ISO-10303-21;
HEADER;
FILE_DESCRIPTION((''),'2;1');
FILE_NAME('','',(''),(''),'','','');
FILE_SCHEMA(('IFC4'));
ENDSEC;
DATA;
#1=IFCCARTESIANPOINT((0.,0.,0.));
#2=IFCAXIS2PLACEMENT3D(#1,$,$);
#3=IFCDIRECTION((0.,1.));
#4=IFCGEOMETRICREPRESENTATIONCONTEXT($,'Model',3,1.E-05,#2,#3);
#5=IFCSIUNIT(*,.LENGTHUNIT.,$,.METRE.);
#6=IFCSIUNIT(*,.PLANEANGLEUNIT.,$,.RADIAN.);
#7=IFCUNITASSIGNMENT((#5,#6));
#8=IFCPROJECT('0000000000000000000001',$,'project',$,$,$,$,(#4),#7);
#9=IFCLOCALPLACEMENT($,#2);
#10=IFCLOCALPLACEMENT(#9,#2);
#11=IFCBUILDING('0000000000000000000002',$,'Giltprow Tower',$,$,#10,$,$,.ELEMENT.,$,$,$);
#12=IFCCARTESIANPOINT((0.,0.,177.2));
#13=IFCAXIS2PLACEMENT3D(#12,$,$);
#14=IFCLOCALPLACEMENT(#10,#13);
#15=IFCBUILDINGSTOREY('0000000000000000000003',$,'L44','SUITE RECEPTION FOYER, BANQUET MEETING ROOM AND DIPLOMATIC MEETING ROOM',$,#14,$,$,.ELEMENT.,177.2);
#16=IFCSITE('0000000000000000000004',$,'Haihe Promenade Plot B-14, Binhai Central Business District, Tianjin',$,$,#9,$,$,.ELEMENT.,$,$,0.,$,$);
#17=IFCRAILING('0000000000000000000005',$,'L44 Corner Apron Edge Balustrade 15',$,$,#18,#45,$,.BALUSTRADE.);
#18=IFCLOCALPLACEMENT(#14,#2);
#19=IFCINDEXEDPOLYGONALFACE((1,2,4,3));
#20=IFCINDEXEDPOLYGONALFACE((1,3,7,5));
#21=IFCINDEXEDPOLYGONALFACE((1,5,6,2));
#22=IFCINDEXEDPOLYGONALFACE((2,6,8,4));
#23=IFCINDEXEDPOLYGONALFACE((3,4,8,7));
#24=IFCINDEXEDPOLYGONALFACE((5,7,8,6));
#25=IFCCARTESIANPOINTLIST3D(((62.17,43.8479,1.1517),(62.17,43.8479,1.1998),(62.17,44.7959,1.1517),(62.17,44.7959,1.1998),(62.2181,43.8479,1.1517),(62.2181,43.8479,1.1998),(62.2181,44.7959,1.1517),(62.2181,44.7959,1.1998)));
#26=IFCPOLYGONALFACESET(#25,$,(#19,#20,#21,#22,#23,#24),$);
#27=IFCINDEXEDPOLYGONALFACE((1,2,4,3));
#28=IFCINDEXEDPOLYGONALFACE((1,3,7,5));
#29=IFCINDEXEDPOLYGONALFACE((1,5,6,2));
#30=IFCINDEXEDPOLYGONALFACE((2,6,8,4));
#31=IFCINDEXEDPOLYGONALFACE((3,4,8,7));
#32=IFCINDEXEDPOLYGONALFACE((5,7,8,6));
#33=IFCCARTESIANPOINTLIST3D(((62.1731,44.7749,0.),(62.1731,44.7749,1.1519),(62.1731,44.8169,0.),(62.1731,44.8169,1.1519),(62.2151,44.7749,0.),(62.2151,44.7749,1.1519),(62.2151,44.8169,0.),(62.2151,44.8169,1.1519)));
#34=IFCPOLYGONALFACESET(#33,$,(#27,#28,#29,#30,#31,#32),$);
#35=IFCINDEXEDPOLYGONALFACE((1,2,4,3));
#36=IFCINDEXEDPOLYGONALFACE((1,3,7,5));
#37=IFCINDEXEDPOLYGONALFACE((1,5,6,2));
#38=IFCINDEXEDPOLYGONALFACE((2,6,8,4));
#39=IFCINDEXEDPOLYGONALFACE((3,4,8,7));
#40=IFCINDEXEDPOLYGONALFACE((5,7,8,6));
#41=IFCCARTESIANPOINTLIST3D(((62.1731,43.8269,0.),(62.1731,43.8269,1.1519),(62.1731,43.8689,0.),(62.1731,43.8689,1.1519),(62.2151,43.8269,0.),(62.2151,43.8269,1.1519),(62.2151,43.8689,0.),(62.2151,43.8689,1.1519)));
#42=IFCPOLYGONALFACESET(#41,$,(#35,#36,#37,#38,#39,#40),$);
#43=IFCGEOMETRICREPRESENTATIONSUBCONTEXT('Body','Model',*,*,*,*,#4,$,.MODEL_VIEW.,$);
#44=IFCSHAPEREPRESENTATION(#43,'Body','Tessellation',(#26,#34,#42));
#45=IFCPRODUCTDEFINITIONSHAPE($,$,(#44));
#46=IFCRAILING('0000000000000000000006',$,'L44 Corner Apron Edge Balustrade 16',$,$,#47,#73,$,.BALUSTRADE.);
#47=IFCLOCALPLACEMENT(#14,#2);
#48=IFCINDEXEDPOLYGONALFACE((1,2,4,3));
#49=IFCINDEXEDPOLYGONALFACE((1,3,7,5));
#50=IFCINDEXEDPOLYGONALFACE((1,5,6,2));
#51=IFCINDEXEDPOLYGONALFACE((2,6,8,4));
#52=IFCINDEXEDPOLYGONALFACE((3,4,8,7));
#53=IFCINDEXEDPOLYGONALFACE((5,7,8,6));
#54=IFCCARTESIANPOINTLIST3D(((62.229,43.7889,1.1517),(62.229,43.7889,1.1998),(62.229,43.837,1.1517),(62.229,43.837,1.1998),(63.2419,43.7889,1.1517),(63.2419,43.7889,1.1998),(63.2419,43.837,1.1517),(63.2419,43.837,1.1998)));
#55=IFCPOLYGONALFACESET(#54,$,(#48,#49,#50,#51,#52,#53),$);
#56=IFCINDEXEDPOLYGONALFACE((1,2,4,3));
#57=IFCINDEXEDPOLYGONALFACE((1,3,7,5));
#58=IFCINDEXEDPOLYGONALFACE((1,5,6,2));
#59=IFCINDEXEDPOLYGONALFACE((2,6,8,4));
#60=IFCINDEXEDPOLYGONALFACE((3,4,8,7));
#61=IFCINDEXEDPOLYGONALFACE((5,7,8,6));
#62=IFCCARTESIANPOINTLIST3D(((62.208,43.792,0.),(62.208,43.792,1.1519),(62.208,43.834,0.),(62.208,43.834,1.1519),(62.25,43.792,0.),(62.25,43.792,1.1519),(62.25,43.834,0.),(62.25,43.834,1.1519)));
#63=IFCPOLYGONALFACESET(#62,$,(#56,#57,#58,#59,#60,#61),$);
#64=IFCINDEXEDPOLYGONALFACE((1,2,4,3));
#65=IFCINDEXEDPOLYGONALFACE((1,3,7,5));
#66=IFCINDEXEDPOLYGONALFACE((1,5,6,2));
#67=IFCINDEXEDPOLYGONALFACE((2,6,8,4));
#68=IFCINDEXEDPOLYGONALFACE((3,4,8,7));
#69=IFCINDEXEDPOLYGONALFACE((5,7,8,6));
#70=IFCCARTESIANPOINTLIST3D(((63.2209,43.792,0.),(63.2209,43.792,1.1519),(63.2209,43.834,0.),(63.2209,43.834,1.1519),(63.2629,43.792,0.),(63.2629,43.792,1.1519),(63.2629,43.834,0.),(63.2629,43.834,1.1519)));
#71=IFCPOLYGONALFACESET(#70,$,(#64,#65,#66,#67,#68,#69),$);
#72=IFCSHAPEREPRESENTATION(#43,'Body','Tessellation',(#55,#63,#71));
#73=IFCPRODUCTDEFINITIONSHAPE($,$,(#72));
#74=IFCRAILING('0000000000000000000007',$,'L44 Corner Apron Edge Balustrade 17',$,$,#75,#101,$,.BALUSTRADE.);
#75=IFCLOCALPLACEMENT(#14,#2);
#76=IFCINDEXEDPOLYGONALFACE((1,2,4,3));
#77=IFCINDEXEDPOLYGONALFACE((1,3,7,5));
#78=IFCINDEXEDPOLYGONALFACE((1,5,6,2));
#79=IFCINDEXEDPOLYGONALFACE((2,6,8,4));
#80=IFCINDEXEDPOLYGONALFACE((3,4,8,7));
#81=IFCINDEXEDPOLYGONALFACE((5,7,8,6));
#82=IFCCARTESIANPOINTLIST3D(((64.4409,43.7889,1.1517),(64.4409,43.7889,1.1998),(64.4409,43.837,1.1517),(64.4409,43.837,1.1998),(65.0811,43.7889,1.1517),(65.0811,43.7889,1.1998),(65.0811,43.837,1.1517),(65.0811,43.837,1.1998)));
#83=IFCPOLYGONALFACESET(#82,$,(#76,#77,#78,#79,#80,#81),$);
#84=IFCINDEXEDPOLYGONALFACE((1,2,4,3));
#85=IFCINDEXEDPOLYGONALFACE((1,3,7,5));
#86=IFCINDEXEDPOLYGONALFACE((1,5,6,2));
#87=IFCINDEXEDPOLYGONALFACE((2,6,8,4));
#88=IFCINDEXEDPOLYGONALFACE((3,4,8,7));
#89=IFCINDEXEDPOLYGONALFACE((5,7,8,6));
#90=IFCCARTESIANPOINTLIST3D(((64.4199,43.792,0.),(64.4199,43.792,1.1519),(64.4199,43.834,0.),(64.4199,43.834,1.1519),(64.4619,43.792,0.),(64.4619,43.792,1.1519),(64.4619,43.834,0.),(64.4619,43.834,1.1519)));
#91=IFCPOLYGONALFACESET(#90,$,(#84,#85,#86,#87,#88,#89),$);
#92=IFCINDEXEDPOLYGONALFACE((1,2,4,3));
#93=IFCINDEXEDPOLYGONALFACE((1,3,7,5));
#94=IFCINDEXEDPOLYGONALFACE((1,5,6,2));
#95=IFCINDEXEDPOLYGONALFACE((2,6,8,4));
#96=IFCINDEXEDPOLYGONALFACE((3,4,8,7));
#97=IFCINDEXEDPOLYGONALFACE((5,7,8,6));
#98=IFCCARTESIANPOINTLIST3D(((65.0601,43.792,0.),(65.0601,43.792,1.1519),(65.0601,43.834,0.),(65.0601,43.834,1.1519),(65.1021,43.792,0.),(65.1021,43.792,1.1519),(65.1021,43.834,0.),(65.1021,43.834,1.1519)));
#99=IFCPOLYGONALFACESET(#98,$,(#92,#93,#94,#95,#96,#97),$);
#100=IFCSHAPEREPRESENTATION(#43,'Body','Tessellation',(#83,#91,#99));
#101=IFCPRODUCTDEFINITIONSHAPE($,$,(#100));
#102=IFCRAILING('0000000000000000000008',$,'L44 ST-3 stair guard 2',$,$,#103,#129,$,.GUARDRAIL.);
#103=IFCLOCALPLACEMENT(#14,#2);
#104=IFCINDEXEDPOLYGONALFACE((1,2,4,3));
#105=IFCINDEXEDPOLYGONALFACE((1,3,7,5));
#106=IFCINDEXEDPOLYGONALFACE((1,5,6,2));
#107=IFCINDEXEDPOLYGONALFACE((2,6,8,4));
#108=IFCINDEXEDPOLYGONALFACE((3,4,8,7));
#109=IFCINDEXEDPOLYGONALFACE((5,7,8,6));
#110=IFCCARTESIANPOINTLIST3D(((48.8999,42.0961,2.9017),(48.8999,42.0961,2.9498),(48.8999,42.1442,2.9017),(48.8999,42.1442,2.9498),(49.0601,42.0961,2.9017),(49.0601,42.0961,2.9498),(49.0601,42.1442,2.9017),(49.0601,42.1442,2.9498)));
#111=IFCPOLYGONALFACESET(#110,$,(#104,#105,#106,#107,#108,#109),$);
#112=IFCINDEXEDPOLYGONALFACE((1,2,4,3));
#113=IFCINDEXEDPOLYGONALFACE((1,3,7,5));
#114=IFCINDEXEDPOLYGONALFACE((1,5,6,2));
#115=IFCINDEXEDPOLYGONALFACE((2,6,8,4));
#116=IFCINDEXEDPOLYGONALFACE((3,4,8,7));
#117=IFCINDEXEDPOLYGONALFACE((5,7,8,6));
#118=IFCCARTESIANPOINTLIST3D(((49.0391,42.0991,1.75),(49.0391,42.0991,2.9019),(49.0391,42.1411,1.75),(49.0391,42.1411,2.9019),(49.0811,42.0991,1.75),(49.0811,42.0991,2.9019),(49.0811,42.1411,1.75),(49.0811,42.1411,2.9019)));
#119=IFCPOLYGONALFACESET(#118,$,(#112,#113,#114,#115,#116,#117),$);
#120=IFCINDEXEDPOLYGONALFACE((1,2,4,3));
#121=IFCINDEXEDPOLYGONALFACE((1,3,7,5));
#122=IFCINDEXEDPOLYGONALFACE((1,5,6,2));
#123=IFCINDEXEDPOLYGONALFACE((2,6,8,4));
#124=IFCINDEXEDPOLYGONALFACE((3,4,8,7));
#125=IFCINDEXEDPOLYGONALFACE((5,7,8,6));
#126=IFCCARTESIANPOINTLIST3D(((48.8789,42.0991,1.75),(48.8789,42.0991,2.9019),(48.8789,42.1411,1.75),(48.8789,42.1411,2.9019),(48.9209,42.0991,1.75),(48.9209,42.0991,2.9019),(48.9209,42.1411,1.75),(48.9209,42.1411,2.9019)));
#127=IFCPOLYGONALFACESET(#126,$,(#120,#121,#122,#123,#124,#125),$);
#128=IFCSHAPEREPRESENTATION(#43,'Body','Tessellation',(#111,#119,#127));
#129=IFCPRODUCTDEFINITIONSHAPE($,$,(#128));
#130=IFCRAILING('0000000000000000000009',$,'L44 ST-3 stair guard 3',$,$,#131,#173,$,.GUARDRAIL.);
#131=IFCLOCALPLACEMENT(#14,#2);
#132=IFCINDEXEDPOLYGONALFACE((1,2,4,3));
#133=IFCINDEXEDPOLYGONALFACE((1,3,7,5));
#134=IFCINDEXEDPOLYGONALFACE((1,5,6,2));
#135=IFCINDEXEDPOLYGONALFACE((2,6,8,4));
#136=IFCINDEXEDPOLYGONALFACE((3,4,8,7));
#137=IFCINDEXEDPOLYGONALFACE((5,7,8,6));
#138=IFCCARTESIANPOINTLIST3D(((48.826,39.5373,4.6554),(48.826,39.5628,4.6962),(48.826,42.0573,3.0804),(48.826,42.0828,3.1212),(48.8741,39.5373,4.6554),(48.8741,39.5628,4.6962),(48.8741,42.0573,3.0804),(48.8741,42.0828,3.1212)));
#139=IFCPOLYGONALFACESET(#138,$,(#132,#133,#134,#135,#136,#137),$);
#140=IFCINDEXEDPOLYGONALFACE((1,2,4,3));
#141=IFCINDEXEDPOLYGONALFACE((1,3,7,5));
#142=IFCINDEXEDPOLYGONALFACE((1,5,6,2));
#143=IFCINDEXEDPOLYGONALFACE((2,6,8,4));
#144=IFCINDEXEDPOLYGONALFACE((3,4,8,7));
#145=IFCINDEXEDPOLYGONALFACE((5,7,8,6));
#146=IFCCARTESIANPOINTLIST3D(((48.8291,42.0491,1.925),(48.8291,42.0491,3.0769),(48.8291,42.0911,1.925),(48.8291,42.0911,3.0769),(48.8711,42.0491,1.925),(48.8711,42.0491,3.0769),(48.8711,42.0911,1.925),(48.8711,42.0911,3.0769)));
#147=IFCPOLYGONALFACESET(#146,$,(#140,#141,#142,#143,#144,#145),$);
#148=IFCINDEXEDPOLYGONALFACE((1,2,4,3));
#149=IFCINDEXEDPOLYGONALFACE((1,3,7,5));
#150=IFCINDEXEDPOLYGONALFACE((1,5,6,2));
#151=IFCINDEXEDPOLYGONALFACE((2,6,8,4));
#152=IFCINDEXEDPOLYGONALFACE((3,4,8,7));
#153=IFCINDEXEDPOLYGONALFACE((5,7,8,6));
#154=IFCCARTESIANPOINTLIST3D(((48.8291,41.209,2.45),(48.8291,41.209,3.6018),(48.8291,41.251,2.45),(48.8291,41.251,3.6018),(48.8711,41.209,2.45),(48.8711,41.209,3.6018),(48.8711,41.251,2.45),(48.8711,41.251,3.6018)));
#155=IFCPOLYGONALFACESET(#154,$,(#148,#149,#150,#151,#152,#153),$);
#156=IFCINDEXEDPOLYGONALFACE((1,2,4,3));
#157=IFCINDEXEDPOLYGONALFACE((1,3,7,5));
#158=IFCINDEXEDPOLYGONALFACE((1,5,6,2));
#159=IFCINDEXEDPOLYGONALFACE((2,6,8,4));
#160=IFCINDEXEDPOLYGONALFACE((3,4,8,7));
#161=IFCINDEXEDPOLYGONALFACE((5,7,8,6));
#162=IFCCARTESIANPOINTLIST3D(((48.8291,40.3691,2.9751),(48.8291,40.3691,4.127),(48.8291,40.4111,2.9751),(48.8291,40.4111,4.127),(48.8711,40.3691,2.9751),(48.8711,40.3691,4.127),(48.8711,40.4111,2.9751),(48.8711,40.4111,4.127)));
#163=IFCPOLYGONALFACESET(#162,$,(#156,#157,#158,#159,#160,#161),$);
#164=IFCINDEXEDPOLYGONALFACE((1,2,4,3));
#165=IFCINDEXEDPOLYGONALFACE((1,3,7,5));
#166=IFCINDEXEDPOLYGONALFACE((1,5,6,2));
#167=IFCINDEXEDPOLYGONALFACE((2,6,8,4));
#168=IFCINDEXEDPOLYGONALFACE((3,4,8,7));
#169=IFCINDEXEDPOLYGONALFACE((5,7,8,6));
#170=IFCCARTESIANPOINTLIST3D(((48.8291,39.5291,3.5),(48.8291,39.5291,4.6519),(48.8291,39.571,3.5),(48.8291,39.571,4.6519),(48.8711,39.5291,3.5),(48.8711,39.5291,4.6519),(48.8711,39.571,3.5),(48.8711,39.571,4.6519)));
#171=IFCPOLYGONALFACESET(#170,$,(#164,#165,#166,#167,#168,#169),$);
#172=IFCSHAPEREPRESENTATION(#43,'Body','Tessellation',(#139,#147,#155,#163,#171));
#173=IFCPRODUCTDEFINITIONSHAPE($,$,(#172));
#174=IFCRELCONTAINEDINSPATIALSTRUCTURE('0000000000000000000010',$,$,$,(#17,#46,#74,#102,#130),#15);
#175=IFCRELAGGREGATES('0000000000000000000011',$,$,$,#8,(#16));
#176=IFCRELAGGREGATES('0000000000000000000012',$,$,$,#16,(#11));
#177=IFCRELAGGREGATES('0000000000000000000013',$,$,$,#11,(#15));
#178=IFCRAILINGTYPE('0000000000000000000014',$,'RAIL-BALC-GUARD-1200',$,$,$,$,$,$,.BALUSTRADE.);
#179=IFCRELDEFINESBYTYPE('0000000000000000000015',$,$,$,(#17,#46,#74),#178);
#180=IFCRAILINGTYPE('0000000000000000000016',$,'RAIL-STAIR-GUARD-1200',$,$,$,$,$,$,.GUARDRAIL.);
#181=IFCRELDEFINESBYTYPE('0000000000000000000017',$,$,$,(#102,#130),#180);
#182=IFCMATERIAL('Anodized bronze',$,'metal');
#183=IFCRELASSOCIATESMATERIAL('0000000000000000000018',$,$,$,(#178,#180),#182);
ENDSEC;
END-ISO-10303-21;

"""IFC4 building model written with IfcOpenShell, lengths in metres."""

from ifc_helpers import new_model, si_unit, direction, frame, origin, origin_2d, place, context, subcontext, project, spatial, rectangle, extrude, material, type_object, element, save


model = new_model("IFC4")

# Units and contexts
model_context = context("Model", 3, precision=1e-05, world=origin(), true_north=direction((0.0, 1.0)))
body_context = subcontext(model_context, "Body", "Model", "MODEL_VIEW")
ifc_project = project(units=[si_unit("LENGTHUNIT", "METRE"), si_unit("PLANEANGLEUNIT", "RADIAN")], contexts=[model_context])

# Site, building, storey
site_placement = place(None, origin())
site = spatial("IfcSite", under=ifc_project, at=site_placement, Name="Haihe Promenade Plot B-14, Binhai Central Business District, Tianjin", CompositionType="ELEMENT", RefElevation=0.0)
building_placement = place(site_placement, origin())
building = spatial("IfcBuilding", under=site, at=building_placement, Name="Giltprow Tower", CompositionType="ELEMENT")
storey_placement = place(building_placement, frame((0.0, 0.0, 177.2)))
storey = spatial("IfcBuildingStorey", under=building, at=storey_placement, Name="L44", Description="SUITE RECEPTION FOYER, BANQUET MEETING ROOM AND DIPLOMATIC MEETING ROOM", CompositionType="ELEMENT", Elevation=177.2)

# Railings
ifc_material_1 = material(Name="Anodized bronze", Category="metal")
railing_type_1 = type_object("IfcRailingType", Name="RAIL-BALC-GUARD-1200", PredefinedType="BALUSTRADE", material=ifc_material_1)
railing_1_placement = place(storey_placement, frame((62.1941, 44.7959, 0.0)))
element("IfcRailing", 1, at=railing_1_placement, inside=storey, type_object=railing_type_1, Name="L44 Corner Apron Edge Balustrade 15", PredefinedType="BALUSTRADE", context=body_context, shape_type="SweptSolid", body=[
    extrude(rectangle(XDim=0.0481, YDim=0.0481, at=origin_2d()), frame((0.0, 0.0, 1.1758), z_axis=(0.0, -1.0, 0.0), x_axis=(1.0, 0.0, 0.0)), (0.0, 0.0, 1.0), 0.948),
    extrude(rectangle(XDim=0.042, YDim=0.042, at=origin_2d()), origin(), (0.0, 0.0, 1.0), 1.1519),
    extrude(rectangle(XDim=0.042, YDim=0.042, at=origin_2d()), frame((0.0, -0.948, 0.0)), (0.0, 0.0, 1.0), 1.1519),
])
railing_2_placement = place(storey_placement, frame((62.229, 43.813, 0.0)))
element("IfcRailing", 2, at=railing_2_placement, inside=storey, type_object=railing_type_1, Name="L44 Corner Apron Edge Balustrade 16", PredefinedType="BALUSTRADE", context=body_context, shape_type="SweptSolid", body=[
    extrude(rectangle(XDim=0.0481, YDim=0.0481, at=origin_2d()), frame((0.0, 0.0, 1.1758), z_axis=(1.0, 0.0, 0.0), x_axis=(0.0, 1.0, 0.0)), (0.0, 0.0, 1.0), 1.0129),
    extrude(rectangle(XDim=0.042, YDim=0.042, at=origin_2d()), origin(), (0.0, 0.0, 1.0), 1.1519),
    extrude(rectangle(XDim=0.042, YDim=0.042, at=origin_2d()), frame((1.0129, 0.0, 0.0)), (0.0, 0.0, 1.0), 1.1519),
])
railing_3_placement = place(storey_placement, frame((64.4409, 43.813, 0.0)))
element("IfcRailing", 3, at=railing_3_placement, inside=storey, type_object=railing_type_1, Name="L44 Corner Apron Edge Balustrade 17", PredefinedType="BALUSTRADE", context=body_context, shape_type="SweptSolid", body=[
    extrude(rectangle(XDim=0.0481, YDim=0.0481, at=origin_2d()), frame((0.0, 0.0, 1.1758), z_axis=(1.0, 0.0, 0.0), x_axis=(0.0, 1.0, 0.0)), (0.0, 0.0, 1.0), 0.6401),
    extrude(rectangle(XDim=0.042, YDim=0.042, at=origin_2d()), origin(), (0.0, 0.0, 1.0), 1.1519),
    extrude(rectangle(XDim=0.042, YDim=0.042, at=origin_2d()), frame((0.6401, 0.0, 0.0)), (0.0, 0.0, 1.0), 1.1519),
])
railing_type_2 = type_object("IfcRailingType", Name="RAIL-STAIR-GUARD-1200", PredefinedType="GUARDRAIL", material=ifc_material_1)
railing_4_placement = place(storey_placement, frame((49.0601, 42.1201, 1.75)))
element("IfcRailing", 4, at=railing_4_placement, inside=storey, type_object=railing_type_2, Name="L44 ST-3 stair guard 2", PredefinedType="GUARDRAIL", context=body_context, shape_type="SweptSolid", body=[
    extrude(rectangle(XDim=0.0481, YDim=0.0481, at=origin_2d()), frame((0.0, 0.0, 1.1758), z_axis=(-1.0, 0.0, 0.0), x_axis=(0.0, -1.0, 0.0)), (0.0, 0.0, 1.0), 0.1602),
    extrude(rectangle(XDim=0.042, YDim=0.042, at=origin_2d()), origin(), (0.0, 0.0, 1.0), 1.1519),
    extrude(rectangle(XDim=0.042, YDim=0.042, at=origin_2d()), frame((-0.1602, 0.0, 0.0)), (0.0, 0.0, 1.0), 1.1519),
])
railing_5_placement = place(storey_placement, frame((48.8501, 42.0701, 1.925)))
element("IfcRailing", 5, at=railing_5_placement, inside=storey, type_object=railing_type_2, Name="L44 ST-3 stair guard 3", PredefinedType="GUARDRAIL", context=body_context, shape_type="SweptSolid", body=[
    extrude(rectangle(XDim=0.0481, YDim=0.0481, at=origin_2d()), frame((0.0, 0.0, 1.1758), z_axis=(0.0, -0.848008, 0.529984), x_axis=(1.0, 0.0, 0.0)), (0.0, 0.0, 1.0), 2.9717),
    extrude(rectangle(XDim=0.042, YDim=0.042, at=origin_2d()), origin(), (0.0, 0.0, 1.0), 1.1519),
    extrude(rectangle(XDim=0.042, YDim=0.042, at=origin_2d()), frame((0.0, -0.8401, 0.5249)), (0.0, 0.0, 1.0), 1.1519),
    extrude(rectangle(XDim=0.042, YDim=0.042, at=origin_2d()), frame((0.0, -1.6799, 1.05)), (0.0, 0.0, 1.0), 1.1519),
    extrude(rectangle(XDim=0.042, YDim=0.042, at=origin_2d()), frame((0.0, -2.52, 1.575)), (0.0, 0.0, 1.0), 1.1519),
])

save(model, "model.ifc")
